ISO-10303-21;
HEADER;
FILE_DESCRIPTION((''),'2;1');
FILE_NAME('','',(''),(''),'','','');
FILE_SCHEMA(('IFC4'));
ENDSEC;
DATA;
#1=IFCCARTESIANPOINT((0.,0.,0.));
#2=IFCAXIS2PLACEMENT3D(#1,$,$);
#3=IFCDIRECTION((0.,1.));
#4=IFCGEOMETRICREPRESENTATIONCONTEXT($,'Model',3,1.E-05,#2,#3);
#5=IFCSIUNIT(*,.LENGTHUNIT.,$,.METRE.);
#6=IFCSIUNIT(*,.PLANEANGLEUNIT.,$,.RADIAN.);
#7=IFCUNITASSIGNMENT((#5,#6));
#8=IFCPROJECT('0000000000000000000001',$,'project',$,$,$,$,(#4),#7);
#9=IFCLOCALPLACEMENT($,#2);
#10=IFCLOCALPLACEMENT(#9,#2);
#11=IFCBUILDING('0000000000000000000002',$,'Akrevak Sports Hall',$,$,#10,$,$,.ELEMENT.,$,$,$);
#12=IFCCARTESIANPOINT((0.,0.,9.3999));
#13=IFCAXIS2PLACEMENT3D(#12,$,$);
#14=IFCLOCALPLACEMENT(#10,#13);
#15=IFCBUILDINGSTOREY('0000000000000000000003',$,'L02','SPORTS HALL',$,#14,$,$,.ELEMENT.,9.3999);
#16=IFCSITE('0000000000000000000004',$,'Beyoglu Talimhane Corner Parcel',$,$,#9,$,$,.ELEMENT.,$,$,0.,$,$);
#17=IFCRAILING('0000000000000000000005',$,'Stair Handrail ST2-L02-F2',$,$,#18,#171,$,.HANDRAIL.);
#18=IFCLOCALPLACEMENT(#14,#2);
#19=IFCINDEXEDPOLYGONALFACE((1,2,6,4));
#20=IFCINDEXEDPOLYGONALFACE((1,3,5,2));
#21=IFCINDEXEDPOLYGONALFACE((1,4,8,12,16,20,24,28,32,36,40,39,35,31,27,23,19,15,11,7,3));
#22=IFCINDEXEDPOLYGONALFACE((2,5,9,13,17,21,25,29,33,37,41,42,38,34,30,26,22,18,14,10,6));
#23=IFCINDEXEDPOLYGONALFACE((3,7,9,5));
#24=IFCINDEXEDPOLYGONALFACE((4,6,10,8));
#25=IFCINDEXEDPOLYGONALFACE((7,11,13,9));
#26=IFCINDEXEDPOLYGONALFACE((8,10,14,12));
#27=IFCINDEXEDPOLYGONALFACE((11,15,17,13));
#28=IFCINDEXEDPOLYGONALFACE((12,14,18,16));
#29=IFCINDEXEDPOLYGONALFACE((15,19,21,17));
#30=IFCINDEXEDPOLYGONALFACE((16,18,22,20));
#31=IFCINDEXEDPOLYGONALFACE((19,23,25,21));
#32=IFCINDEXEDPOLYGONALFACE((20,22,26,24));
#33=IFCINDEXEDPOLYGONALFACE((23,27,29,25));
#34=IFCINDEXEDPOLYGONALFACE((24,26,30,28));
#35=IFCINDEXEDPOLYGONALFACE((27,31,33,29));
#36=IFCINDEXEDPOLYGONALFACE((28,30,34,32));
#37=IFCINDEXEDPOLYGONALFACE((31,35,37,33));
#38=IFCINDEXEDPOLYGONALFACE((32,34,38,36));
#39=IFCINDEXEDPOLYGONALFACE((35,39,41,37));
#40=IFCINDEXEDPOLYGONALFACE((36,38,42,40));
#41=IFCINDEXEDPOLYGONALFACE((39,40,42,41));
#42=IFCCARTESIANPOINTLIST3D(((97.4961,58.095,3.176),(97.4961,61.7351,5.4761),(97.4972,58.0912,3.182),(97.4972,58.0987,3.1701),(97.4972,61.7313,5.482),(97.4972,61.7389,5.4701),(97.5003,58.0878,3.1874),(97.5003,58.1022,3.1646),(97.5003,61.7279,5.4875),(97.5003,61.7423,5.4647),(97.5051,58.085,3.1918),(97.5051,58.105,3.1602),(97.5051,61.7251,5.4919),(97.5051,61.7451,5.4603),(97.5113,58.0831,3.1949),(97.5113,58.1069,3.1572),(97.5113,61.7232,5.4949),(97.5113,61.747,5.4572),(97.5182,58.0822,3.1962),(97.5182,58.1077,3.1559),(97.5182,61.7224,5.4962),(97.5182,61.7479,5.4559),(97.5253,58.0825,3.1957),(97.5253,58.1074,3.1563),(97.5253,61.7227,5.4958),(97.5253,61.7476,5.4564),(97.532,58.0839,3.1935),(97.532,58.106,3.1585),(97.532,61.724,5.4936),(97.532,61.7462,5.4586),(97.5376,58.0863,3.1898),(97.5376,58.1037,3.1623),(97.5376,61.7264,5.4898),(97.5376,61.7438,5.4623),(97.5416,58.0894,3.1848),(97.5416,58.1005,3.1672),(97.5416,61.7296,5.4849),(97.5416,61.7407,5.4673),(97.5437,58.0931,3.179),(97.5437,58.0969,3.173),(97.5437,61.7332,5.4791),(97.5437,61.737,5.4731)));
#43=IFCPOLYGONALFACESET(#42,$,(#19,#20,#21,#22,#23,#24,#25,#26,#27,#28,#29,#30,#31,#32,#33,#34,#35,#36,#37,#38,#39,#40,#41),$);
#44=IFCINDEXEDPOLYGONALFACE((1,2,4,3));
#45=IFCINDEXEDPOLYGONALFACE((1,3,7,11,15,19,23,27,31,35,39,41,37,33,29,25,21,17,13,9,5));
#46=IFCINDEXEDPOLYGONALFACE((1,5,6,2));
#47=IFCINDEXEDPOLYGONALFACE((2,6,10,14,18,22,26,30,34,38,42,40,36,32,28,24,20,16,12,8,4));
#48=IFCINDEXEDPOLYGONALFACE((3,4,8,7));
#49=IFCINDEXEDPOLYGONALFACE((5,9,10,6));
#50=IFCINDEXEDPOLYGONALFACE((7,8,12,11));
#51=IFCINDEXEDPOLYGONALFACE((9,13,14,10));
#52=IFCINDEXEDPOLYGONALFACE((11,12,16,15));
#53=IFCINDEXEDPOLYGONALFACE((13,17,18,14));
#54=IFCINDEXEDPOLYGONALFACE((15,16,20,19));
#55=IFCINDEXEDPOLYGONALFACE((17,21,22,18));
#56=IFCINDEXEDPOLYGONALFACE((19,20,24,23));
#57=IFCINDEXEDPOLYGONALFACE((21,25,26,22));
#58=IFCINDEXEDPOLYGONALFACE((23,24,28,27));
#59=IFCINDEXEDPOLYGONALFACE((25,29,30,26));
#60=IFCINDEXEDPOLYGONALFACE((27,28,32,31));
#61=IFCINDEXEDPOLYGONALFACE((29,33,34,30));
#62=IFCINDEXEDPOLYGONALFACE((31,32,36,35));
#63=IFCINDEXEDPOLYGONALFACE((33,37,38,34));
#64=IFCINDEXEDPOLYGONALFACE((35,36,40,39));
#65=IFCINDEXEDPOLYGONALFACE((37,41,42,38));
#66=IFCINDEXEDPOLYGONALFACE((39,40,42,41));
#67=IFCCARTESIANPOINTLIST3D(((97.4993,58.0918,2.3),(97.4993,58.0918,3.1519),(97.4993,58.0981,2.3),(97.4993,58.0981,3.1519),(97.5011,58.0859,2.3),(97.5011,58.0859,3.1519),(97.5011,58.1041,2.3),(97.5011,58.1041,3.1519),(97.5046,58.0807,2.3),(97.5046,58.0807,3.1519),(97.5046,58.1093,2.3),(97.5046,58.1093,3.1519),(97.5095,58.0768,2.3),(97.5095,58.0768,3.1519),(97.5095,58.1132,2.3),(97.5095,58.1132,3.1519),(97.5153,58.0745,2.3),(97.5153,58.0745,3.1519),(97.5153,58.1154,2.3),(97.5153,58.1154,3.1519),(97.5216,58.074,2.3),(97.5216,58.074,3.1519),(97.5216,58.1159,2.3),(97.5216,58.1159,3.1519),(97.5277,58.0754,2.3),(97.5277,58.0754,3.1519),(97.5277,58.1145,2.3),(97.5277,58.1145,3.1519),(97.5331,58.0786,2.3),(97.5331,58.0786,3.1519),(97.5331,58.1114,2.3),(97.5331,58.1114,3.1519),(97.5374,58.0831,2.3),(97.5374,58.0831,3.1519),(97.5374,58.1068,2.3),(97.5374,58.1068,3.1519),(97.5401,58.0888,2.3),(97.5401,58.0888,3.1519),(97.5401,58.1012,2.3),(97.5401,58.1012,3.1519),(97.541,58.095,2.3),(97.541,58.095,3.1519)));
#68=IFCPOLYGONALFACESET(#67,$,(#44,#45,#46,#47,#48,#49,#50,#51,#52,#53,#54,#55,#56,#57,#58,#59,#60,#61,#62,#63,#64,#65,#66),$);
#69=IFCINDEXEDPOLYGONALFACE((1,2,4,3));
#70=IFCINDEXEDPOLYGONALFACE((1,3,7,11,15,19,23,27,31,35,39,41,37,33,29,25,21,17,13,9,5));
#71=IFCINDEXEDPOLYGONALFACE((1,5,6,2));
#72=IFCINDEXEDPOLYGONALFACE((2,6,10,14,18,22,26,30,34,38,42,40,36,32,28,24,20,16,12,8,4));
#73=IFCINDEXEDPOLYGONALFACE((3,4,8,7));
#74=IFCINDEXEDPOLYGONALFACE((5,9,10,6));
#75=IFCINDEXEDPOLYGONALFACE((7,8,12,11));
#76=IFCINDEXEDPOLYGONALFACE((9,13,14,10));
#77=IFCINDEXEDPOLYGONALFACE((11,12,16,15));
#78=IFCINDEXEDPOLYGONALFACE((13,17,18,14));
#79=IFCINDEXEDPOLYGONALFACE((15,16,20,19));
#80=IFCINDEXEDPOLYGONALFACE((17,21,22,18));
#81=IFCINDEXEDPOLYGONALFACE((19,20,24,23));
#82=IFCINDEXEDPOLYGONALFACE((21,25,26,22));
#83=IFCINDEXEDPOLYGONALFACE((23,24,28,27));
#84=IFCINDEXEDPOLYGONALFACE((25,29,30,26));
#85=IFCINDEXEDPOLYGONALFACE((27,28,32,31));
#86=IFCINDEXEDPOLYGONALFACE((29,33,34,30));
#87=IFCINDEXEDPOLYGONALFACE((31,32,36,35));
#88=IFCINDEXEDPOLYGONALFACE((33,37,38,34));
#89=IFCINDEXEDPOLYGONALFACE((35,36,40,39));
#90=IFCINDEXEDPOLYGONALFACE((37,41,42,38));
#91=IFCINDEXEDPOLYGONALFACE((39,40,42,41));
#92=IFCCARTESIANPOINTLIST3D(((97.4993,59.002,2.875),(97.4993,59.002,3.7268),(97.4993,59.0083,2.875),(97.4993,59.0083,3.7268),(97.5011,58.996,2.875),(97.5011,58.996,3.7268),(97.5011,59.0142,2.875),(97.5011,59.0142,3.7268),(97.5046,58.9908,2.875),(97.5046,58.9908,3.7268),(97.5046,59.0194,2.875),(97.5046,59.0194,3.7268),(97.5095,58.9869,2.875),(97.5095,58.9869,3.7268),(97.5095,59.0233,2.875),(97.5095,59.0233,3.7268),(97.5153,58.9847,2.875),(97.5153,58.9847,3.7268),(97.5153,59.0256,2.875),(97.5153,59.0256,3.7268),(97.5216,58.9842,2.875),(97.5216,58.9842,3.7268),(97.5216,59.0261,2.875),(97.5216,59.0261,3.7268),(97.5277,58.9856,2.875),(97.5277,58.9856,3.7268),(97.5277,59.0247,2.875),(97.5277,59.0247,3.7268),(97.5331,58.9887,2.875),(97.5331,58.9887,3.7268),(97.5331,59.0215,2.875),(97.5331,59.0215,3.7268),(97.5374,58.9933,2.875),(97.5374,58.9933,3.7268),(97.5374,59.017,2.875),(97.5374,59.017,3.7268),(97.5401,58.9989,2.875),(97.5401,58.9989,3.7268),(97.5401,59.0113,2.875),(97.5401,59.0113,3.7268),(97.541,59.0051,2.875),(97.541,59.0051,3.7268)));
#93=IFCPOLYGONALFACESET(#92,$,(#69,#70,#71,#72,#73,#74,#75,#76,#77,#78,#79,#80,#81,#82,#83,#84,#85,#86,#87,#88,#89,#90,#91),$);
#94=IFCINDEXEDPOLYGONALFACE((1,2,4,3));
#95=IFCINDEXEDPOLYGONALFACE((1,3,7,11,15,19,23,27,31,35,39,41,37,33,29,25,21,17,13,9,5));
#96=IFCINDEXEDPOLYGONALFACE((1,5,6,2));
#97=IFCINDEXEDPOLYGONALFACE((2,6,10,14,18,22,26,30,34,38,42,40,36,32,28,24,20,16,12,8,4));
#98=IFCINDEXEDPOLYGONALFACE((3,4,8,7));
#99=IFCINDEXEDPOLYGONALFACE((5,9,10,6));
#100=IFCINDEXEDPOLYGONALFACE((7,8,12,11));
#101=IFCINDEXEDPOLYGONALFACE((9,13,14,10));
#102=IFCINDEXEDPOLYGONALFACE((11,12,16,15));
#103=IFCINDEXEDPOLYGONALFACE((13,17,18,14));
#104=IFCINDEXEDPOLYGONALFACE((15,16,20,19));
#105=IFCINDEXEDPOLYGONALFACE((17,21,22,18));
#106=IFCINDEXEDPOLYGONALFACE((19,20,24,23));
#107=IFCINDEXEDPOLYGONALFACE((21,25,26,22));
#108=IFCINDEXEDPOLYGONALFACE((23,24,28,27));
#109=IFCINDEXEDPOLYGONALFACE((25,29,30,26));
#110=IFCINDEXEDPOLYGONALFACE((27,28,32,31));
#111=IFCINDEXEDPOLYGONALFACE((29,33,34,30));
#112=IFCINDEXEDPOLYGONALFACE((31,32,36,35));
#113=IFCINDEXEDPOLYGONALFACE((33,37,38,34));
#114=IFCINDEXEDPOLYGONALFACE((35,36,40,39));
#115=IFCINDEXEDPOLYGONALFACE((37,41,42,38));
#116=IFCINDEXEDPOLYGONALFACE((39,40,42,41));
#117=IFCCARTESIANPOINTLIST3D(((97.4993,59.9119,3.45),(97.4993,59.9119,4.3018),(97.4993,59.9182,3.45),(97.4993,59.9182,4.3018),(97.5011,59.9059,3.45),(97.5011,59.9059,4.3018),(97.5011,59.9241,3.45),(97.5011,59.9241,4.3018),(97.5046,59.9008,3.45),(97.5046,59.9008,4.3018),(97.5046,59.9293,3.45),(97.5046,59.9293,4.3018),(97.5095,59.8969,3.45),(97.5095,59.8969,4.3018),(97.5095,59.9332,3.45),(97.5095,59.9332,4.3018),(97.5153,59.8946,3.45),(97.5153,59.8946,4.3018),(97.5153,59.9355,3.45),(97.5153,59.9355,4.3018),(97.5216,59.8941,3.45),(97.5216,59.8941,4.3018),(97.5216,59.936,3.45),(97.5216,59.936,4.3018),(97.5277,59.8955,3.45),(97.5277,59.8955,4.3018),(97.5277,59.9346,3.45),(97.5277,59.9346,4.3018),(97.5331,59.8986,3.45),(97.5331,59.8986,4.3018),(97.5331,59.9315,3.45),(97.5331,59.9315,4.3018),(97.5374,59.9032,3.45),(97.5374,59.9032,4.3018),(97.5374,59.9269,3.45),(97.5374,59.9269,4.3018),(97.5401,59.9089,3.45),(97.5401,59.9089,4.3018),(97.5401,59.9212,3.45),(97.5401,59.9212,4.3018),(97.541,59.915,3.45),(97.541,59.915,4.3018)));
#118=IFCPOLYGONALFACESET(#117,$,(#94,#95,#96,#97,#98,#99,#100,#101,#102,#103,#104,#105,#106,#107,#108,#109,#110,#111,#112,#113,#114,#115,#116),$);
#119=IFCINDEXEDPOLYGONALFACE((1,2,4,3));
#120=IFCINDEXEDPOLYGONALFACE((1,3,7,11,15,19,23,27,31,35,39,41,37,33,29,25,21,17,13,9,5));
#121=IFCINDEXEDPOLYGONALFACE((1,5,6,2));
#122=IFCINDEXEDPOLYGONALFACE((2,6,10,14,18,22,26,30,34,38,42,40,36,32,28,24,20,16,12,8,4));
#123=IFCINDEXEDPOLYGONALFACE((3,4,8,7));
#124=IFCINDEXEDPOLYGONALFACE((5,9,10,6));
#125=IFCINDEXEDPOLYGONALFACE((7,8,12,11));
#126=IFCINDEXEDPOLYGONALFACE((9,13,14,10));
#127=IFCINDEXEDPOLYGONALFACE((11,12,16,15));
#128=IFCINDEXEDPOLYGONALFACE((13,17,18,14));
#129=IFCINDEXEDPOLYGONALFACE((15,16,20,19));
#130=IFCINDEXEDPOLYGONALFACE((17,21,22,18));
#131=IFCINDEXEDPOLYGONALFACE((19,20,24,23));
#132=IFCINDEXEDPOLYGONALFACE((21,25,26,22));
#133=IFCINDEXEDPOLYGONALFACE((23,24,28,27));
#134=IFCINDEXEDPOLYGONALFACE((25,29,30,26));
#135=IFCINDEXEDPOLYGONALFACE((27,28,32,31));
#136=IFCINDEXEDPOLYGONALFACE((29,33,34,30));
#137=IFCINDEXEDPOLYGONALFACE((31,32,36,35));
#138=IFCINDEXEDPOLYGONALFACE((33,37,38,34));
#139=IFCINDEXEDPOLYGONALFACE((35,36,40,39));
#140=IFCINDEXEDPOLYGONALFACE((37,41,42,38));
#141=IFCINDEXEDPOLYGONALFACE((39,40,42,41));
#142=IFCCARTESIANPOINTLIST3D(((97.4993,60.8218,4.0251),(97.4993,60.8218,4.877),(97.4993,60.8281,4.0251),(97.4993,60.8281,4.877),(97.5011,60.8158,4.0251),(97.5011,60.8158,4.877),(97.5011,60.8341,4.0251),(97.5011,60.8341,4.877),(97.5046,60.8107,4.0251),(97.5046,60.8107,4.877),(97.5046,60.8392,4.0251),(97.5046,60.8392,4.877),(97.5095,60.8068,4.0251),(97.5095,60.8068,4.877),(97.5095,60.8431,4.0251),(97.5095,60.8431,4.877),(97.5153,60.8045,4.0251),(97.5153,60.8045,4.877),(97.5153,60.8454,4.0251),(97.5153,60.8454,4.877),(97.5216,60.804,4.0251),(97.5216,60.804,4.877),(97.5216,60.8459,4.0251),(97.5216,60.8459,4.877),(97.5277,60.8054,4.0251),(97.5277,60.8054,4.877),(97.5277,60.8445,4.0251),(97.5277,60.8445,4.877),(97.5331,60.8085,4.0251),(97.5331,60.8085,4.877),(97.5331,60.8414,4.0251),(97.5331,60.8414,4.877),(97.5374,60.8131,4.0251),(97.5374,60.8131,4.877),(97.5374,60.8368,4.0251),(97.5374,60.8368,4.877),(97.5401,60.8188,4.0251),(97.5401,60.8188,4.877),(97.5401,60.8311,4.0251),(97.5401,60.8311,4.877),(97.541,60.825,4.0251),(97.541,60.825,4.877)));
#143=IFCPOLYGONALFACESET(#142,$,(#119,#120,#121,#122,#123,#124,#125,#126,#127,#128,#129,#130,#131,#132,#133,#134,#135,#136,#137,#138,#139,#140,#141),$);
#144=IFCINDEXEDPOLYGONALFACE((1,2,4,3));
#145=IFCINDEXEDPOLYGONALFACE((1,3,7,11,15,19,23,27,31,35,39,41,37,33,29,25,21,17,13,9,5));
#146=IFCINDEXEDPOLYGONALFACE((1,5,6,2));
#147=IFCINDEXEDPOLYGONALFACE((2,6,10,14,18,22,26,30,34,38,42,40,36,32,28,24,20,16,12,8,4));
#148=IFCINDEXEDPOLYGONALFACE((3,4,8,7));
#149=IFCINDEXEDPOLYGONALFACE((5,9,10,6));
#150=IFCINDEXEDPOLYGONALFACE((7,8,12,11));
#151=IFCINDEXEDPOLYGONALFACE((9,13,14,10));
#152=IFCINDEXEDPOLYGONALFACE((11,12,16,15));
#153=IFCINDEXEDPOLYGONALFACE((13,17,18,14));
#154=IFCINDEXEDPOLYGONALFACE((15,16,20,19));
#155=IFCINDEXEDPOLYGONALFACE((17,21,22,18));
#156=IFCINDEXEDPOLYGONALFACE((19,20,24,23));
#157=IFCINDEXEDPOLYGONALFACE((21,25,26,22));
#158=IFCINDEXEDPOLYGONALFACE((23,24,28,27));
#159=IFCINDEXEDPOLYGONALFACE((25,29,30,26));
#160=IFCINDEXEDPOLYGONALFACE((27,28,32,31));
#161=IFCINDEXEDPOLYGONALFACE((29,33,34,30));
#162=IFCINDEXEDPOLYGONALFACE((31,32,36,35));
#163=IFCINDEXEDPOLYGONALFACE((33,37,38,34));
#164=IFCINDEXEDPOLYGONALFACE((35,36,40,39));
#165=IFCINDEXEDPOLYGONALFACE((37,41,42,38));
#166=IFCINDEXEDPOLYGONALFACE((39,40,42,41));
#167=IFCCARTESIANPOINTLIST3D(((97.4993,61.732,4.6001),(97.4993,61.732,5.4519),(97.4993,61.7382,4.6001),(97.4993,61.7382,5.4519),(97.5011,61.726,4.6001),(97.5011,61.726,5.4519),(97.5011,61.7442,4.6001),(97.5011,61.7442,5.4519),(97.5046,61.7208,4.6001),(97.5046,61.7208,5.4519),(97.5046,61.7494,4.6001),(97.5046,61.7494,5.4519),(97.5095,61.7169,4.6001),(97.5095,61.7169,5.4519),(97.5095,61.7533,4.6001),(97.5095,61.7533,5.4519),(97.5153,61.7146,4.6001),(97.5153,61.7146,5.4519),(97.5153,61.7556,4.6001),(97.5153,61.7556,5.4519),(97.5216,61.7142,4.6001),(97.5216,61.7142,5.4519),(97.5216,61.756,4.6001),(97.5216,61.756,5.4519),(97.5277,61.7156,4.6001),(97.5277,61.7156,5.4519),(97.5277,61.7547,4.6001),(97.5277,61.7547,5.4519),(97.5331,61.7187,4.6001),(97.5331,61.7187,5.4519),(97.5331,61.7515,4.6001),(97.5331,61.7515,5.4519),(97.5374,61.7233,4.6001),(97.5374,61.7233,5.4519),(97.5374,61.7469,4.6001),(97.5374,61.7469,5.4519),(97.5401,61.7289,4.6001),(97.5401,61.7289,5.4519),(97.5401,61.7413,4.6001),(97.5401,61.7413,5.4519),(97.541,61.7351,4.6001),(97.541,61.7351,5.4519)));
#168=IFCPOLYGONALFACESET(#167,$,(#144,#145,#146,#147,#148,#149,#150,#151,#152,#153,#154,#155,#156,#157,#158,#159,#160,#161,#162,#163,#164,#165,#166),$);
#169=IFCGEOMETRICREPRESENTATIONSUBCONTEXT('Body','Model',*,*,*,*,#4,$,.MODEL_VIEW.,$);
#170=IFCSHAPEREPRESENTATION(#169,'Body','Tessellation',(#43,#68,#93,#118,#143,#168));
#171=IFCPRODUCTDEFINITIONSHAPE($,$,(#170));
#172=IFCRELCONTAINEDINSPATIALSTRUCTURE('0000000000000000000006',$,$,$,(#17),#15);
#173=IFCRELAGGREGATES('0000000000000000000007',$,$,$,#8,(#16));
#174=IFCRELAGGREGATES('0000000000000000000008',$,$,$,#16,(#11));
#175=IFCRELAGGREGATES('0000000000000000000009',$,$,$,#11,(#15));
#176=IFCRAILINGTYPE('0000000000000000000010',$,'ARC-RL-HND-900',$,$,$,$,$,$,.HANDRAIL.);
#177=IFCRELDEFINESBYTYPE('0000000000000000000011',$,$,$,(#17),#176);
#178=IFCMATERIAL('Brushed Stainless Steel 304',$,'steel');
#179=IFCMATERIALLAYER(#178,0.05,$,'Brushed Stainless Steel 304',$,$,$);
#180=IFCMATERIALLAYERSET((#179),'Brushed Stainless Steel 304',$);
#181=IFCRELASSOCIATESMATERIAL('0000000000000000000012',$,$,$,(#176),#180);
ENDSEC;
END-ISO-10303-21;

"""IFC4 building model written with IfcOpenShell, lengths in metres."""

from ifc_helpers import new_model, si_unit, direction, frame, origin, origin_2d, place, context, subcontext, project, spatial, circle, extrude, material, layer, layer_set, type_object, element, save


model = new_model("IFC4")

# Units and contexts
model_context = context("Model", 3, precision=1e-05, world=origin(), true_north=direction((0.0, 1.0)))
body_context = subcontext(model_context, "Body", "Model", "MODEL_VIEW")
ifc_project = project(units=[si_unit("LENGTHUNIT", "METRE"), si_unit("PLANEANGLEUNIT", "RADIAN")], contexts=[model_context])

# Site, building, storey
site_placement = place(None, origin())
site = spatial("IfcSite", under=ifc_project, at=site_placement, Name="Beyoglu Talimhane Corner Parcel", CompositionType="ELEMENT", RefElevation=0.0)
building_placement = place(site_placement, origin())
building = spatial("IfcBuilding", under=site, at=building_placement, Name="Akrevak Sports Hall", CompositionType="ELEMENT")
storey_placement = place(building_placement, frame((0.0, 0.0, 9.3999)))
storey = spatial("IfcBuildingStorey", under=building, at=storey_placement, Name="L02", Description="SPORTS HALL", CompositionType="ELEMENT", Elevation=9.3999)

# Railing
ifc_material_1 = material(Name="Brushed Stainless Steel 304", Category="steel")
ifc_layer_1 = layer(ifc_material_1, 0.05, Name="Brushed Stainless Steel 304")
ifc_layer_set_1 = layer_set([ifc_layer_1], Name="Brushed Stainless Steel 304")
railing_type_1 = type_object("IfcRailingType", Name="ARC-RL-HND-900", PredefinedType="HANDRAIL", material=ifc_layer_set_1)
railing_1_placement = place(storey_placement, frame((97.52, 58.095, 2.3)))
element("IfcRailing", 1, at=railing_1_placement, inside=storey, type_object=railing_type_1, Name="Stair Handrail ST2-L02-F2", PredefinedType="HANDRAIL", context=body_context, shape_type="SweptSolid", body=[
    extrude(circle(Radius=0.0239, at=origin_2d()), frame((0.0, 0.0, 0.876), z_axis=(0.0, 0.845382, 0.534162), x_axis=(-1.0, 0.0, 0.0)), (0.0, 0.0, 1.0), 4.3059),
    extrude(circle(Radius=0.021, at=origin_2d()), origin(), (0.0, 0.0, 1.0), 0.8518),
    extrude(circle(Radius=0.021, at=origin_2d()), frame((0.0, 0.9102, 0.575)), (0.0, 0.0, 1.0), 0.8518),
    extrude(circle(Radius=0.021, at=origin_2d()), frame((0.0, 1.8201, 1.1499)), (0.0, 0.0, 1.0), 0.8518),
    extrude(circle(Radius=0.021, at=origin_2d()), frame((0.0, 2.73, 1.7251)), (0.0, 0.0, 1.0), 0.8518),
    extrude(circle(Radius=0.021, at=origin_2d()), frame((0.0, 3.6401, 2.3)), (0.0, 0.0, 1.0), 0.8518),
])

save(model, "model.ifc")
